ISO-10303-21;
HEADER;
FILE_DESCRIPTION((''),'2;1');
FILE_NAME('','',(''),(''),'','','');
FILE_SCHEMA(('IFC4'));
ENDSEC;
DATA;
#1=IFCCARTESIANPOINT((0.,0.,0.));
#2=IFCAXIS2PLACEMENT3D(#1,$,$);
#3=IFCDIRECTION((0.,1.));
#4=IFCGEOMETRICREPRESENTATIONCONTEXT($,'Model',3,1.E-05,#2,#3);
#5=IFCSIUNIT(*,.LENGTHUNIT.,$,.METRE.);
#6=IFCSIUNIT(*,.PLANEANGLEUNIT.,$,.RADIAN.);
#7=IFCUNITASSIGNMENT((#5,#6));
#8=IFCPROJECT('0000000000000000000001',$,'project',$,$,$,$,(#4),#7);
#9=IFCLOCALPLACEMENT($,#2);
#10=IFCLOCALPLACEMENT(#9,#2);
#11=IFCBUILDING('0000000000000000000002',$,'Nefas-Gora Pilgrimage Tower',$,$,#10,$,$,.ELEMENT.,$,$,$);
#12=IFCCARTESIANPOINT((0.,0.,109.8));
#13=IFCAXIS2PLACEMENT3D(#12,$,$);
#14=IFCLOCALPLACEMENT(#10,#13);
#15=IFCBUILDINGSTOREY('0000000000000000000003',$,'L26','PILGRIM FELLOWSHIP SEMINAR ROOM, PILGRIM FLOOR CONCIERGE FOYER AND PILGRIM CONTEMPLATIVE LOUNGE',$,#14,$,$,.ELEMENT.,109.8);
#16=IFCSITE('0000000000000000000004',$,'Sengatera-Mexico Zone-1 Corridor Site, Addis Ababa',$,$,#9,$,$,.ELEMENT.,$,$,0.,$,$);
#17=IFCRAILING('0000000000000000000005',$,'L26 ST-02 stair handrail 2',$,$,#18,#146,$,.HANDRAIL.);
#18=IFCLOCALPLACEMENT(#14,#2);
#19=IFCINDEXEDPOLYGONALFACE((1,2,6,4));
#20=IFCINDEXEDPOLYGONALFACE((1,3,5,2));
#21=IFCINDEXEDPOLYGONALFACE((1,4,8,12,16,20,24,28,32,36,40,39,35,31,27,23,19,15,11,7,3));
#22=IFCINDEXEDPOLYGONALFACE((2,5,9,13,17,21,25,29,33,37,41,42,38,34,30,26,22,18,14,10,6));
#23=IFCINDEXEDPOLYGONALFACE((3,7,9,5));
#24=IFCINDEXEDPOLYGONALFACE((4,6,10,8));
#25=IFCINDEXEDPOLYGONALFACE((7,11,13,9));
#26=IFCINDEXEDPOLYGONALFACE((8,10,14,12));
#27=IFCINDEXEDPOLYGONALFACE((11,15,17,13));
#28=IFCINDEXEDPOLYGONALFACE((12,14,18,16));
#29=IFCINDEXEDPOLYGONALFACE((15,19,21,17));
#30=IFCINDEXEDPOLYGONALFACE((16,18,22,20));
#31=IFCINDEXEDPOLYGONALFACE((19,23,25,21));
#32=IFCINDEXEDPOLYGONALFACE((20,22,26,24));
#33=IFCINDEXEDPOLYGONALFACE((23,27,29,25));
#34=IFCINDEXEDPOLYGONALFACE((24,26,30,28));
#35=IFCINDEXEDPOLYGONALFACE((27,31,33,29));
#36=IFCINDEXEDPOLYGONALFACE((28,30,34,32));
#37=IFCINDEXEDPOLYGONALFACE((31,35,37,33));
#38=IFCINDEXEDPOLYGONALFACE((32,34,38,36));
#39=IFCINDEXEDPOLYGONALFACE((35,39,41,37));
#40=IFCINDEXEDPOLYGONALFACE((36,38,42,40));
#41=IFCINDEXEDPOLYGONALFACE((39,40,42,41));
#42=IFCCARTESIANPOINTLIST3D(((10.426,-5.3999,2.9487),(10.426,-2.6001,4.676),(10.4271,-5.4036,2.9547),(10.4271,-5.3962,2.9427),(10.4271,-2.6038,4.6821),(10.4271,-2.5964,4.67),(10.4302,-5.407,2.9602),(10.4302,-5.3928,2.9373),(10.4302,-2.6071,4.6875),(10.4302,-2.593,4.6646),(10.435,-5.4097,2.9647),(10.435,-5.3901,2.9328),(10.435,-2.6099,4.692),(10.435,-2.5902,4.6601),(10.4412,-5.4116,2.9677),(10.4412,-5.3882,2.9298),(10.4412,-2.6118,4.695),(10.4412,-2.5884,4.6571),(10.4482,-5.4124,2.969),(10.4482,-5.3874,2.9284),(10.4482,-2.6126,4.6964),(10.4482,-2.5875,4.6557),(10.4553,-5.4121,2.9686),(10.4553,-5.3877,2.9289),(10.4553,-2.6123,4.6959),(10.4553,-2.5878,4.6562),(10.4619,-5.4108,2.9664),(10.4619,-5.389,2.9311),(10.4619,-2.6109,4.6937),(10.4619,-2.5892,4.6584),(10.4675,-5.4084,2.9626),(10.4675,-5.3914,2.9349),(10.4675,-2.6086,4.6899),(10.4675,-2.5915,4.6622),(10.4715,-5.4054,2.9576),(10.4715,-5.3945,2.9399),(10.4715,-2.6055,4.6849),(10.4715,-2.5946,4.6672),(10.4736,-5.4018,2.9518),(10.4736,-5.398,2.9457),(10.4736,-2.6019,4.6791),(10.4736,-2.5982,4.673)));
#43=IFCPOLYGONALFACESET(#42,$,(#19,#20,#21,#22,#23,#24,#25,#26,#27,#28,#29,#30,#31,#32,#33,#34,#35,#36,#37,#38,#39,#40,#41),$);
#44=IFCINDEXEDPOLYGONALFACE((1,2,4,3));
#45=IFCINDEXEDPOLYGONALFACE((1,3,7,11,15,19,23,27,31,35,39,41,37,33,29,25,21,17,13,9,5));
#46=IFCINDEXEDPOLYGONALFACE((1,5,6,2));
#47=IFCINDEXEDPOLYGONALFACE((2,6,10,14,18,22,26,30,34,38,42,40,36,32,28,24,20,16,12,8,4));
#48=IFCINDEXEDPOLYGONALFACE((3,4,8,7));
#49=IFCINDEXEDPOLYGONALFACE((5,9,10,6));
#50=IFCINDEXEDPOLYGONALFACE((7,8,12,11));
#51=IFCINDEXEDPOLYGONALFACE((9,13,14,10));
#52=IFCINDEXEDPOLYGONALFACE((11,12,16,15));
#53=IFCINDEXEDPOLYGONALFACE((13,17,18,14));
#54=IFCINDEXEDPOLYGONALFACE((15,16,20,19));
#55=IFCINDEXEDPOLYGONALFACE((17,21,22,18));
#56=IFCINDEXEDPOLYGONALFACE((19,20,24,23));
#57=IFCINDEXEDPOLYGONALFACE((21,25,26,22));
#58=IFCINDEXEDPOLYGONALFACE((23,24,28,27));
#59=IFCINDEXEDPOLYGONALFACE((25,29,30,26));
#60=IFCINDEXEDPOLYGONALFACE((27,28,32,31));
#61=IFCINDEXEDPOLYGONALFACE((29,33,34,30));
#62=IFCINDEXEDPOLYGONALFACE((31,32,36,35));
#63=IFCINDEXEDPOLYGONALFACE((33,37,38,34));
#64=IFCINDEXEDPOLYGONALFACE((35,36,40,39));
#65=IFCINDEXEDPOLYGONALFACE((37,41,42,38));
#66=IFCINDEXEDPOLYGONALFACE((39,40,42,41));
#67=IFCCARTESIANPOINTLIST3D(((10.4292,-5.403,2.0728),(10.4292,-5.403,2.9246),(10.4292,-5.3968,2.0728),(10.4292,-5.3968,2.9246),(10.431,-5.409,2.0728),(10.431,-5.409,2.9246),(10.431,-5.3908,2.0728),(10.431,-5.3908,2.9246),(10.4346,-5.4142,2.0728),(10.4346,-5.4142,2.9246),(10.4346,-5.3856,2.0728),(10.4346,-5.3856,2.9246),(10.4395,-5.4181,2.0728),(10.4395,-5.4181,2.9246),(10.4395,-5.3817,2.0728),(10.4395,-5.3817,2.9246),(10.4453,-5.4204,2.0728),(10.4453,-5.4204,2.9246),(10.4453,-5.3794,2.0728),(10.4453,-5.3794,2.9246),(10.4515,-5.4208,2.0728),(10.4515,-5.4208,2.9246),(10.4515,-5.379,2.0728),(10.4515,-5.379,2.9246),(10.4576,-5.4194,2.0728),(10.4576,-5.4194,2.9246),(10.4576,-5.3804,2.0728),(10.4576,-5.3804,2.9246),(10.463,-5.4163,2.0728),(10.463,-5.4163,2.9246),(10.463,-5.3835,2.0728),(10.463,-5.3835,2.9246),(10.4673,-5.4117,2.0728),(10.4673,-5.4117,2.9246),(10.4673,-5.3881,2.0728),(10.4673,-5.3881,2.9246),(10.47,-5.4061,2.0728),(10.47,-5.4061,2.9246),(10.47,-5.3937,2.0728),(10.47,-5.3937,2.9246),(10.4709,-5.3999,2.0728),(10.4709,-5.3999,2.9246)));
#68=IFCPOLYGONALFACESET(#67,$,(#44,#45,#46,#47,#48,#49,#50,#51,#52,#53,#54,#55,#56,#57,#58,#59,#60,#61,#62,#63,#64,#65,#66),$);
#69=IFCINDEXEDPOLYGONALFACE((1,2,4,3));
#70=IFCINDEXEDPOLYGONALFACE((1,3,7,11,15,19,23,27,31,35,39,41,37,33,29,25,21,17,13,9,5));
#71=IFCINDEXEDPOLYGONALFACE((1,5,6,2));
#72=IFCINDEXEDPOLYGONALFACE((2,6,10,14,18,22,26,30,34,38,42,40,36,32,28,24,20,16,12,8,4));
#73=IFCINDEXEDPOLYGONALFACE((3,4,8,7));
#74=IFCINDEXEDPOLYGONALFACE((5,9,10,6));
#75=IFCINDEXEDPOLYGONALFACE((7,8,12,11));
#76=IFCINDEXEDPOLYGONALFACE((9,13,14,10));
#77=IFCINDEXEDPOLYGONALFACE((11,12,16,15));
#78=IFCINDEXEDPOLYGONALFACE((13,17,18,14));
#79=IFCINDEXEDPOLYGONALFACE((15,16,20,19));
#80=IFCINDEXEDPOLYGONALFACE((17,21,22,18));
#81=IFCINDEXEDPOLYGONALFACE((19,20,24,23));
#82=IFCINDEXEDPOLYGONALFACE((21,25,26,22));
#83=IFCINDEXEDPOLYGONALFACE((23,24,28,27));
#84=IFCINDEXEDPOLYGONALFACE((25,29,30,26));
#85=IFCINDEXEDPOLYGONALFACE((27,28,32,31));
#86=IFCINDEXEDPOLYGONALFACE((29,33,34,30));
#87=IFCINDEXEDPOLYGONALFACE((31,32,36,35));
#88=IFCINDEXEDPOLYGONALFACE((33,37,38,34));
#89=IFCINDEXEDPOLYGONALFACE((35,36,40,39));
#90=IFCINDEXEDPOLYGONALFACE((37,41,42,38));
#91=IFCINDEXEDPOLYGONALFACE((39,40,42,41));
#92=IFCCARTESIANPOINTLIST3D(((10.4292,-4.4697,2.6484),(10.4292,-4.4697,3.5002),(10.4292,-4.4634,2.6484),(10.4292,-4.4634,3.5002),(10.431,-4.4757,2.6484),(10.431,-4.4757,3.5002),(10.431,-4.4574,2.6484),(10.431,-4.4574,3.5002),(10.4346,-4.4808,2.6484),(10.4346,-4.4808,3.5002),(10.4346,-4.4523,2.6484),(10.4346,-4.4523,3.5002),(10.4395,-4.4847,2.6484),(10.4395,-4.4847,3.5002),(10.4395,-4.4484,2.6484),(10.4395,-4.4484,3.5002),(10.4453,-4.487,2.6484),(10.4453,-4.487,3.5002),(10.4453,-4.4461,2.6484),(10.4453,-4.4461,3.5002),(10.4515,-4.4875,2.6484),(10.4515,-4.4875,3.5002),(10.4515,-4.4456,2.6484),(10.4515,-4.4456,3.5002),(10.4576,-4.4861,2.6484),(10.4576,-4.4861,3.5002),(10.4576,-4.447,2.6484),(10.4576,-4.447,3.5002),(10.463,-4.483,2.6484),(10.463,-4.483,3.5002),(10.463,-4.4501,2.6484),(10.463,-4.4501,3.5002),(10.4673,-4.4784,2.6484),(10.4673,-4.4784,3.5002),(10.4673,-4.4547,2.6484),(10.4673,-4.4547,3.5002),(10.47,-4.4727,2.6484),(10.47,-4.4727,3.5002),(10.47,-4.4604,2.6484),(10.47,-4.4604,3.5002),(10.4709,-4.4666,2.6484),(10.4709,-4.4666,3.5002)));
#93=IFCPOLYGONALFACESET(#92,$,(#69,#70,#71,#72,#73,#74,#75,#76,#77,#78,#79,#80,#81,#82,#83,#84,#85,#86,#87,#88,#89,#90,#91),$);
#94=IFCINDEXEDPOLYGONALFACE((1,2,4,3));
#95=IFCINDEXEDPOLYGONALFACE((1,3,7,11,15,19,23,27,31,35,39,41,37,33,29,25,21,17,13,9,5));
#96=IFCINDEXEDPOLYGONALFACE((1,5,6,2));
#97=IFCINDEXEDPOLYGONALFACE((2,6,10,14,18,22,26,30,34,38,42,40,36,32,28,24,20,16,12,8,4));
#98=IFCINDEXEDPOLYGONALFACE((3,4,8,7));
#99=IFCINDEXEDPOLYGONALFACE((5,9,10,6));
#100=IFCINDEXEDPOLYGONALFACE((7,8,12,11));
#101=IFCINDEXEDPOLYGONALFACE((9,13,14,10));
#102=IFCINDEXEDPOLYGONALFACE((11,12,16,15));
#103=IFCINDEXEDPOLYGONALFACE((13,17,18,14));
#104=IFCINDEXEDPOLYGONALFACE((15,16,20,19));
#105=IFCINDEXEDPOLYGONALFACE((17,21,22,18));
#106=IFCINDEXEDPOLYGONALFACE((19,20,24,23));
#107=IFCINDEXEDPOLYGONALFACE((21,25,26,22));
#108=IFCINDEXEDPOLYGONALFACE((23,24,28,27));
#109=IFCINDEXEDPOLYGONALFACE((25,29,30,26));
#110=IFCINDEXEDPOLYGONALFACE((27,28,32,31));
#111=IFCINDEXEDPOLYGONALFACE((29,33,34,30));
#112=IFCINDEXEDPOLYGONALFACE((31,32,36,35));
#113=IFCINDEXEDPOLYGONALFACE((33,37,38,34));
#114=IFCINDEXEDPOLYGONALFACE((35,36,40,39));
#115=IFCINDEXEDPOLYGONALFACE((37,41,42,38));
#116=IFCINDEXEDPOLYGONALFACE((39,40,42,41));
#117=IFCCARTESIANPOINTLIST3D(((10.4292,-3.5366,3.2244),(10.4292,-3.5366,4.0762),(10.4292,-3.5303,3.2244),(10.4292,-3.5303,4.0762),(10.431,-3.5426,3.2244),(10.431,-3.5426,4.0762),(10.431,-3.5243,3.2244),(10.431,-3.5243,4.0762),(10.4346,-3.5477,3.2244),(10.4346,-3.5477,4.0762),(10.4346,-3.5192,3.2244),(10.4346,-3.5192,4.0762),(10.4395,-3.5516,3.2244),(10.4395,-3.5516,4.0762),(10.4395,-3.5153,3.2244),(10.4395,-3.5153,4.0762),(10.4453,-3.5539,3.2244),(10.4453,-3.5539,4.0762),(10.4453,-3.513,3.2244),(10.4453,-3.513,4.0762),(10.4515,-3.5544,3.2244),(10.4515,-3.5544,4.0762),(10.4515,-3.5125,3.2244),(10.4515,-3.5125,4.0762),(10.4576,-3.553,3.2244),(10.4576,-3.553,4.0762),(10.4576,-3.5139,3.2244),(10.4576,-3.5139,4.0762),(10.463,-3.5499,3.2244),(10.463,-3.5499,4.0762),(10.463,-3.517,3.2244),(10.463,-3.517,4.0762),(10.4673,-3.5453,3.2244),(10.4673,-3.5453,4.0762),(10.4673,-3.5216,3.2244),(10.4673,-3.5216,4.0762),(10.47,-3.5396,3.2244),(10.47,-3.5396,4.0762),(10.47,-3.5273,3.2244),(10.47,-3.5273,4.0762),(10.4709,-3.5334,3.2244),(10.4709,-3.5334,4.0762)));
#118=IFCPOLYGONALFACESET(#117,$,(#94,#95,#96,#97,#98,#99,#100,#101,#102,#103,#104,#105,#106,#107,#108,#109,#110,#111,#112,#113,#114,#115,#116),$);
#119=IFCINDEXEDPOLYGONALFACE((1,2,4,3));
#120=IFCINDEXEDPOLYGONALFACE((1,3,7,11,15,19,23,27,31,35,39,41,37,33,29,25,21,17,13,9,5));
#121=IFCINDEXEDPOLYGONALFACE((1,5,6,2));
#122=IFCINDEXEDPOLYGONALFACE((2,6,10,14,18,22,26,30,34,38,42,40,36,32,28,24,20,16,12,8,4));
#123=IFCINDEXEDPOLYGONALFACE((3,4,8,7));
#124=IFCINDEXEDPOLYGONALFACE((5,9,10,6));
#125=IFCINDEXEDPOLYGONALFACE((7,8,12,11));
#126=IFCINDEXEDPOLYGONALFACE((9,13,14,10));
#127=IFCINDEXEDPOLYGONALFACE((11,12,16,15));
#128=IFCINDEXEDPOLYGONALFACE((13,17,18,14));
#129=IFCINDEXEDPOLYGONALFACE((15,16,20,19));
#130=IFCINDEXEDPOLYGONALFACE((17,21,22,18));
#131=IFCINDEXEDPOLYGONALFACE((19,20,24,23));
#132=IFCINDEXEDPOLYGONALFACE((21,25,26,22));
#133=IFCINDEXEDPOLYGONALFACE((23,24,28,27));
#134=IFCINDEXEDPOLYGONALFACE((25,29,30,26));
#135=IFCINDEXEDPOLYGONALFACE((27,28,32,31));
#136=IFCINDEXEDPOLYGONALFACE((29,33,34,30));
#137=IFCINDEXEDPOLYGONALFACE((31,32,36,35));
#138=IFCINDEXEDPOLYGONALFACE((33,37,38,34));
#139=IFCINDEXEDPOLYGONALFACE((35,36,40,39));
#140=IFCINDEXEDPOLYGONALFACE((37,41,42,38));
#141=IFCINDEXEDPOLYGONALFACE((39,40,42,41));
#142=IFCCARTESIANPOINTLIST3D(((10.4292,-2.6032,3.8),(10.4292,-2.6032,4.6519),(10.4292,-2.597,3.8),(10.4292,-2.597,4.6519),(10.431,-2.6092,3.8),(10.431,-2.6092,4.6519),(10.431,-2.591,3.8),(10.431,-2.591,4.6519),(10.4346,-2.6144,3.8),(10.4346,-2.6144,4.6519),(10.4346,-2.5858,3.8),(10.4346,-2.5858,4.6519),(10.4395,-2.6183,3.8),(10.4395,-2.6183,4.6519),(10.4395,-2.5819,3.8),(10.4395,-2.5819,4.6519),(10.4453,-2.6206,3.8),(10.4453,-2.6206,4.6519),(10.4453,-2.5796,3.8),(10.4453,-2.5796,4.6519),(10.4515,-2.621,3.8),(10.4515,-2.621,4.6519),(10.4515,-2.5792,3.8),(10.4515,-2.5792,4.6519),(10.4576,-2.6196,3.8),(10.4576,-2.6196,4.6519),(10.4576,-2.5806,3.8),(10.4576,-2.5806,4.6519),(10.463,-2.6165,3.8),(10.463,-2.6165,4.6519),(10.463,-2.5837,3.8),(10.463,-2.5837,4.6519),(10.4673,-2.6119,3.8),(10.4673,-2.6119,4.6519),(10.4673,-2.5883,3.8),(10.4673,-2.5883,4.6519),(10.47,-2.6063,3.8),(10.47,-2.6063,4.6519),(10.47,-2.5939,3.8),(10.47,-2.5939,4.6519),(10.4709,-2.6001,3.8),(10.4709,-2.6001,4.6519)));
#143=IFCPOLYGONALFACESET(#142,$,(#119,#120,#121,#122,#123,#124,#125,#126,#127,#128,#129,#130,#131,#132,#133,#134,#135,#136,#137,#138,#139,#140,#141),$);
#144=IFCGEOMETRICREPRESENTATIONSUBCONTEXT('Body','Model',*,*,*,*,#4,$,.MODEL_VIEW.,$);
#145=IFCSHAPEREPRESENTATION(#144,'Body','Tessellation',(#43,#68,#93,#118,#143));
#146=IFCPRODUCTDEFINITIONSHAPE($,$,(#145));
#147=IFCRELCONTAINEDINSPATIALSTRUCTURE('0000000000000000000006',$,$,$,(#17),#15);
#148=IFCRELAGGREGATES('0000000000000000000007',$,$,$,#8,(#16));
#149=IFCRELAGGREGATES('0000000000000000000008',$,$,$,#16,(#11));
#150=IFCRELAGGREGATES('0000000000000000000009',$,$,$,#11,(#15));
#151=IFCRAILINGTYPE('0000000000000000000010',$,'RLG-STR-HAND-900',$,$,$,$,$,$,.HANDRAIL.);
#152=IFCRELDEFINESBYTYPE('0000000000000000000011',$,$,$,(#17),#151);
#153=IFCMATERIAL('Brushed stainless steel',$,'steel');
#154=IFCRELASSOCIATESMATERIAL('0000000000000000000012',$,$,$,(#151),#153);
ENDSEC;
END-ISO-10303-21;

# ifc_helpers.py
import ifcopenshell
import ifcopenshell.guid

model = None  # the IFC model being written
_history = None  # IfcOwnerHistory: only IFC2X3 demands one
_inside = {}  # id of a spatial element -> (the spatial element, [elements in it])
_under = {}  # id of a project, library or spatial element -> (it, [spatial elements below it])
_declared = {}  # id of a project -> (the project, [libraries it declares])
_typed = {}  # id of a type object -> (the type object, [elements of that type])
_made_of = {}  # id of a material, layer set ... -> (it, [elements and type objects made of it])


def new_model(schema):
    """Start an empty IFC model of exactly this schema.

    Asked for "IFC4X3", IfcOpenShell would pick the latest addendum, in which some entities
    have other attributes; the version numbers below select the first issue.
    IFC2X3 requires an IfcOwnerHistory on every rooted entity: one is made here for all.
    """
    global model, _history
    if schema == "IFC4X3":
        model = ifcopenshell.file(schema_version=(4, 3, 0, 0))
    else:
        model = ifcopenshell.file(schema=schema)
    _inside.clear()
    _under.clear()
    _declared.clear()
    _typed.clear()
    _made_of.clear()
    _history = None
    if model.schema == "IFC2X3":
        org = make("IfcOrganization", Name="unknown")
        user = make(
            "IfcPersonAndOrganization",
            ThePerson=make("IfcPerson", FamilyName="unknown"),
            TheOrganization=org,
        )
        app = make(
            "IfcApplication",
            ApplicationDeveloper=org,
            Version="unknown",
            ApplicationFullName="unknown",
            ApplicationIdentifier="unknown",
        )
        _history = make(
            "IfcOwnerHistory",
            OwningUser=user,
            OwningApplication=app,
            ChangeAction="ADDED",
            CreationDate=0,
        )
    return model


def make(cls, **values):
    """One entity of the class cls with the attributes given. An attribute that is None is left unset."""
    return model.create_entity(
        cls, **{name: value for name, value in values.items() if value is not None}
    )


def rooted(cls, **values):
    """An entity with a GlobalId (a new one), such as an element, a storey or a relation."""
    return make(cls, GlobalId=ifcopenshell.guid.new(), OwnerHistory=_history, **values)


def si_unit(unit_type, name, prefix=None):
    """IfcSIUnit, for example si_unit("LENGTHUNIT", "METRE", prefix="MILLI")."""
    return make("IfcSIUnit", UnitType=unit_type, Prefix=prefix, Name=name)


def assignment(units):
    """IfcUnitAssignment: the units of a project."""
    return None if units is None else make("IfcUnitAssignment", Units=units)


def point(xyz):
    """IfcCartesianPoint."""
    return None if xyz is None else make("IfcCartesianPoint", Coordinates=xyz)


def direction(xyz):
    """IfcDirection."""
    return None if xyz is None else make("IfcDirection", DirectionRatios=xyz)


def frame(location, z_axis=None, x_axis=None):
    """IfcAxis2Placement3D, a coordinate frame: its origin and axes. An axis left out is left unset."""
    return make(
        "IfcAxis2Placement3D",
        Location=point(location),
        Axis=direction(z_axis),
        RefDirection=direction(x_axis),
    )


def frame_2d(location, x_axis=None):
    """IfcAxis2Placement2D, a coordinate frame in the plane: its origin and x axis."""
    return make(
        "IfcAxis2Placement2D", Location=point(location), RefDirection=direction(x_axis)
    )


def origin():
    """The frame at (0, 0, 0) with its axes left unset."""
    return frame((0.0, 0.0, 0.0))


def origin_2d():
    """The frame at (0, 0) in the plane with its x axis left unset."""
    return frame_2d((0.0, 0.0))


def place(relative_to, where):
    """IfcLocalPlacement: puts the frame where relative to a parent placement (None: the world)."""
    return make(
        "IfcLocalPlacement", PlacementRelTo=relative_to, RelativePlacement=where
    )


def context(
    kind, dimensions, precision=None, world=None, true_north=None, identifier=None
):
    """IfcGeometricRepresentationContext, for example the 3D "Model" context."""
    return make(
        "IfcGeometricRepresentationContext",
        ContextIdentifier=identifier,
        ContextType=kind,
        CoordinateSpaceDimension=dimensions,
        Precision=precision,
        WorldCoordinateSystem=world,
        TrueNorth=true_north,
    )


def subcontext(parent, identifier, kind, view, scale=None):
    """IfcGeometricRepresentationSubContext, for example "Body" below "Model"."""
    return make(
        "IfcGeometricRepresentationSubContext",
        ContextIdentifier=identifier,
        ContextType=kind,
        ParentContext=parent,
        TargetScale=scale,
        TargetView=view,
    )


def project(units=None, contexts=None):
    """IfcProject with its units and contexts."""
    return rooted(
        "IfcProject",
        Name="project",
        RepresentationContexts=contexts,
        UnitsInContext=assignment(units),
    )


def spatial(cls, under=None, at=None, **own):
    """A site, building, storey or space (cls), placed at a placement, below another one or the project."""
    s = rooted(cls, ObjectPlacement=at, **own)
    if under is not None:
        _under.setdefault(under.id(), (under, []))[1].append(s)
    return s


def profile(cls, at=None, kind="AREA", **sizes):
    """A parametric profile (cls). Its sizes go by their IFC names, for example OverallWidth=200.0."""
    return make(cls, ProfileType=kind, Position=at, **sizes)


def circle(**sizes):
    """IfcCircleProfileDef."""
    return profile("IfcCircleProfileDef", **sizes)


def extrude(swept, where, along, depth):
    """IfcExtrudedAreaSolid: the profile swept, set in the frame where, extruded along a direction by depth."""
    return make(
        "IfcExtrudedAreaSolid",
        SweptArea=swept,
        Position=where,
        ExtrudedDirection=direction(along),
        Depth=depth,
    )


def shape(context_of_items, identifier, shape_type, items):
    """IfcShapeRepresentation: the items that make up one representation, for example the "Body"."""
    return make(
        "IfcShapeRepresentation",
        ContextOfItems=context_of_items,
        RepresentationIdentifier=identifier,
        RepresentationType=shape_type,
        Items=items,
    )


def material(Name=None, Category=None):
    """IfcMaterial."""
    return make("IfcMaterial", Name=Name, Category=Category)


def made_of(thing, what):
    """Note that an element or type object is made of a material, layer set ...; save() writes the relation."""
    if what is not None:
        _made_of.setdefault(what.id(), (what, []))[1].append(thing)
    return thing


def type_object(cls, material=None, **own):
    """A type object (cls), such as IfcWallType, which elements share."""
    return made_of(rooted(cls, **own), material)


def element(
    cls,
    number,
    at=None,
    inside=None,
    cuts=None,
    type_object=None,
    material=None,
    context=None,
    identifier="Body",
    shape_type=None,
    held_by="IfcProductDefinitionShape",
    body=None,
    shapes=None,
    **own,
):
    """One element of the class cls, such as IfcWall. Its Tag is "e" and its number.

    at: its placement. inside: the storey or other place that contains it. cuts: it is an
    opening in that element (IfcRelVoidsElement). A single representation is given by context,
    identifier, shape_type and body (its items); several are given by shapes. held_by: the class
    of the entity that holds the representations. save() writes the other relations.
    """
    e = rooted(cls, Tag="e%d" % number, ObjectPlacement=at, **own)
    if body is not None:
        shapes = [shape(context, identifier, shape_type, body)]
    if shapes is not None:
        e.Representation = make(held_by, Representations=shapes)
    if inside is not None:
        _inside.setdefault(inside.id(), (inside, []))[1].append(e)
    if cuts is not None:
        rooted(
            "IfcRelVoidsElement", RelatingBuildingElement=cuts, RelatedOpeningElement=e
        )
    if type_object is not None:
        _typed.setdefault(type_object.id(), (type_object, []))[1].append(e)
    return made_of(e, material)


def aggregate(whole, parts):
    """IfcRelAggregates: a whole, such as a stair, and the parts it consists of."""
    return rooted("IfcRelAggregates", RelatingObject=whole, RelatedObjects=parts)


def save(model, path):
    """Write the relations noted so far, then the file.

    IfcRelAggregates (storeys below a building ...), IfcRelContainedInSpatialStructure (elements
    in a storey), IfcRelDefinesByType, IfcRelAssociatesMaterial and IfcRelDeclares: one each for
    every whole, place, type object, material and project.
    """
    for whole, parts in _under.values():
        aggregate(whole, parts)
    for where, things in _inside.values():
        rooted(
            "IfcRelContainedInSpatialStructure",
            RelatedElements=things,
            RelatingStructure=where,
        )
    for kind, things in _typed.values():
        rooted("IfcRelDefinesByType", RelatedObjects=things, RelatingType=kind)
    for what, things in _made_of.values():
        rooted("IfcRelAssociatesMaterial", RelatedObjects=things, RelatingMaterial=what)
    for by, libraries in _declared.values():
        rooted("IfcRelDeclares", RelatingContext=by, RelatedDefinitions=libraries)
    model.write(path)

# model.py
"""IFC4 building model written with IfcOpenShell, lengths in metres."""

from ifc_helpers import new_model, si_unit, direction, frame, origin, origin_2d, place, context, subcontext, project, spatial, circle, extrude, material, type_object, element, save


model = new_model("IFC4")

# Units and contexts
model_context = context("Model", 3, precision=1e-05, world=origin(), true_north=direction((0.0, 1.0)))
body_context = subcontext(model_context, "Body", "Model", "MODEL_VIEW")
ifc_project = project(units=[si_unit("LENGTHUNIT", "METRE"), si_unit("PLANEANGLEUNIT", "RADIAN")], contexts=[model_context])

# Site, building, storey
site_placement = place(None, origin())
site = spatial("IfcSite", under=ifc_project, at=site_placement, Name="Sengatera-Mexico Zone-1 Corridor Site, Addis Ababa", CompositionType="ELEMENT", RefElevation=0.0)
building_placement = place(site_placement, origin())
building = spatial("IfcBuilding", under=site, at=building_placement, Name="Nefas-Gora Pilgrimage Tower", CompositionType="ELEMENT")
storey_placement = place(building_placement, frame((0.0, 0.0, 109.8)))
storey = spatial("IfcBuildingStorey", under=building, at=storey_placement, Name="L26", Description="PILGRIM FELLOWSHIP SEMINAR ROOM, PILGRIM FLOOR CONCIERGE FOYER AND PILGRIM CONTEMPLATIVE LOUNGE", CompositionType="ELEMENT", Elevation=109.8)

# Railing
ifc_material_1 = material(Name="Brushed stainless steel", Category="steel")
railing_type_1 = type_object("IfcRailingType", Name="RLG-STR-HAND-900", PredefinedType="HANDRAIL", material=ifc_material_1)
railing_1_placement = place(storey_placement, frame((10.45, -5.3999, 2.0728)))
element("IfcRailing", 1, at=railing_1_placement, inside=storey, type_object=railing_type_1, Name="L26 ST-02 stair handrail 2", PredefinedType="HANDRAIL", context=body_context, shape_type="SweptSolid", body=[
    extrude(circle(Radius=0.0239, at=origin_2d()), frame((0.0, 0.0, 0.876), z_axis=(0.0, 0.851069, 0.525054), x_axis=(-1.0, 0.0, 0.0)), (0.0, 0.0, 1.0), 3.2898),
    extrude(circle(Radius=0.021, at=origin_2d()), origin(), (0.0, 0.0, 1.0), 0.8518),
    extrude(circle(Radius=0.021, at=origin_2d()), frame((0.0, 0.9333, 0.5757)), (0.0, 0.0, 1.0), 0.8518),
    extrude(circle(Radius=0.021, at=origin_2d()), frame((0.0, 1.8665, 1.1516)), (0.0, 0.0, 1.0), 0.8518),
    extrude(circle(Radius=0.021, at=origin_2d()), frame((0.0, 2.7998, 1.7273)), (0.0, 0.0, 1.0), 0.8518),
])

save(model, "model.ifc")
